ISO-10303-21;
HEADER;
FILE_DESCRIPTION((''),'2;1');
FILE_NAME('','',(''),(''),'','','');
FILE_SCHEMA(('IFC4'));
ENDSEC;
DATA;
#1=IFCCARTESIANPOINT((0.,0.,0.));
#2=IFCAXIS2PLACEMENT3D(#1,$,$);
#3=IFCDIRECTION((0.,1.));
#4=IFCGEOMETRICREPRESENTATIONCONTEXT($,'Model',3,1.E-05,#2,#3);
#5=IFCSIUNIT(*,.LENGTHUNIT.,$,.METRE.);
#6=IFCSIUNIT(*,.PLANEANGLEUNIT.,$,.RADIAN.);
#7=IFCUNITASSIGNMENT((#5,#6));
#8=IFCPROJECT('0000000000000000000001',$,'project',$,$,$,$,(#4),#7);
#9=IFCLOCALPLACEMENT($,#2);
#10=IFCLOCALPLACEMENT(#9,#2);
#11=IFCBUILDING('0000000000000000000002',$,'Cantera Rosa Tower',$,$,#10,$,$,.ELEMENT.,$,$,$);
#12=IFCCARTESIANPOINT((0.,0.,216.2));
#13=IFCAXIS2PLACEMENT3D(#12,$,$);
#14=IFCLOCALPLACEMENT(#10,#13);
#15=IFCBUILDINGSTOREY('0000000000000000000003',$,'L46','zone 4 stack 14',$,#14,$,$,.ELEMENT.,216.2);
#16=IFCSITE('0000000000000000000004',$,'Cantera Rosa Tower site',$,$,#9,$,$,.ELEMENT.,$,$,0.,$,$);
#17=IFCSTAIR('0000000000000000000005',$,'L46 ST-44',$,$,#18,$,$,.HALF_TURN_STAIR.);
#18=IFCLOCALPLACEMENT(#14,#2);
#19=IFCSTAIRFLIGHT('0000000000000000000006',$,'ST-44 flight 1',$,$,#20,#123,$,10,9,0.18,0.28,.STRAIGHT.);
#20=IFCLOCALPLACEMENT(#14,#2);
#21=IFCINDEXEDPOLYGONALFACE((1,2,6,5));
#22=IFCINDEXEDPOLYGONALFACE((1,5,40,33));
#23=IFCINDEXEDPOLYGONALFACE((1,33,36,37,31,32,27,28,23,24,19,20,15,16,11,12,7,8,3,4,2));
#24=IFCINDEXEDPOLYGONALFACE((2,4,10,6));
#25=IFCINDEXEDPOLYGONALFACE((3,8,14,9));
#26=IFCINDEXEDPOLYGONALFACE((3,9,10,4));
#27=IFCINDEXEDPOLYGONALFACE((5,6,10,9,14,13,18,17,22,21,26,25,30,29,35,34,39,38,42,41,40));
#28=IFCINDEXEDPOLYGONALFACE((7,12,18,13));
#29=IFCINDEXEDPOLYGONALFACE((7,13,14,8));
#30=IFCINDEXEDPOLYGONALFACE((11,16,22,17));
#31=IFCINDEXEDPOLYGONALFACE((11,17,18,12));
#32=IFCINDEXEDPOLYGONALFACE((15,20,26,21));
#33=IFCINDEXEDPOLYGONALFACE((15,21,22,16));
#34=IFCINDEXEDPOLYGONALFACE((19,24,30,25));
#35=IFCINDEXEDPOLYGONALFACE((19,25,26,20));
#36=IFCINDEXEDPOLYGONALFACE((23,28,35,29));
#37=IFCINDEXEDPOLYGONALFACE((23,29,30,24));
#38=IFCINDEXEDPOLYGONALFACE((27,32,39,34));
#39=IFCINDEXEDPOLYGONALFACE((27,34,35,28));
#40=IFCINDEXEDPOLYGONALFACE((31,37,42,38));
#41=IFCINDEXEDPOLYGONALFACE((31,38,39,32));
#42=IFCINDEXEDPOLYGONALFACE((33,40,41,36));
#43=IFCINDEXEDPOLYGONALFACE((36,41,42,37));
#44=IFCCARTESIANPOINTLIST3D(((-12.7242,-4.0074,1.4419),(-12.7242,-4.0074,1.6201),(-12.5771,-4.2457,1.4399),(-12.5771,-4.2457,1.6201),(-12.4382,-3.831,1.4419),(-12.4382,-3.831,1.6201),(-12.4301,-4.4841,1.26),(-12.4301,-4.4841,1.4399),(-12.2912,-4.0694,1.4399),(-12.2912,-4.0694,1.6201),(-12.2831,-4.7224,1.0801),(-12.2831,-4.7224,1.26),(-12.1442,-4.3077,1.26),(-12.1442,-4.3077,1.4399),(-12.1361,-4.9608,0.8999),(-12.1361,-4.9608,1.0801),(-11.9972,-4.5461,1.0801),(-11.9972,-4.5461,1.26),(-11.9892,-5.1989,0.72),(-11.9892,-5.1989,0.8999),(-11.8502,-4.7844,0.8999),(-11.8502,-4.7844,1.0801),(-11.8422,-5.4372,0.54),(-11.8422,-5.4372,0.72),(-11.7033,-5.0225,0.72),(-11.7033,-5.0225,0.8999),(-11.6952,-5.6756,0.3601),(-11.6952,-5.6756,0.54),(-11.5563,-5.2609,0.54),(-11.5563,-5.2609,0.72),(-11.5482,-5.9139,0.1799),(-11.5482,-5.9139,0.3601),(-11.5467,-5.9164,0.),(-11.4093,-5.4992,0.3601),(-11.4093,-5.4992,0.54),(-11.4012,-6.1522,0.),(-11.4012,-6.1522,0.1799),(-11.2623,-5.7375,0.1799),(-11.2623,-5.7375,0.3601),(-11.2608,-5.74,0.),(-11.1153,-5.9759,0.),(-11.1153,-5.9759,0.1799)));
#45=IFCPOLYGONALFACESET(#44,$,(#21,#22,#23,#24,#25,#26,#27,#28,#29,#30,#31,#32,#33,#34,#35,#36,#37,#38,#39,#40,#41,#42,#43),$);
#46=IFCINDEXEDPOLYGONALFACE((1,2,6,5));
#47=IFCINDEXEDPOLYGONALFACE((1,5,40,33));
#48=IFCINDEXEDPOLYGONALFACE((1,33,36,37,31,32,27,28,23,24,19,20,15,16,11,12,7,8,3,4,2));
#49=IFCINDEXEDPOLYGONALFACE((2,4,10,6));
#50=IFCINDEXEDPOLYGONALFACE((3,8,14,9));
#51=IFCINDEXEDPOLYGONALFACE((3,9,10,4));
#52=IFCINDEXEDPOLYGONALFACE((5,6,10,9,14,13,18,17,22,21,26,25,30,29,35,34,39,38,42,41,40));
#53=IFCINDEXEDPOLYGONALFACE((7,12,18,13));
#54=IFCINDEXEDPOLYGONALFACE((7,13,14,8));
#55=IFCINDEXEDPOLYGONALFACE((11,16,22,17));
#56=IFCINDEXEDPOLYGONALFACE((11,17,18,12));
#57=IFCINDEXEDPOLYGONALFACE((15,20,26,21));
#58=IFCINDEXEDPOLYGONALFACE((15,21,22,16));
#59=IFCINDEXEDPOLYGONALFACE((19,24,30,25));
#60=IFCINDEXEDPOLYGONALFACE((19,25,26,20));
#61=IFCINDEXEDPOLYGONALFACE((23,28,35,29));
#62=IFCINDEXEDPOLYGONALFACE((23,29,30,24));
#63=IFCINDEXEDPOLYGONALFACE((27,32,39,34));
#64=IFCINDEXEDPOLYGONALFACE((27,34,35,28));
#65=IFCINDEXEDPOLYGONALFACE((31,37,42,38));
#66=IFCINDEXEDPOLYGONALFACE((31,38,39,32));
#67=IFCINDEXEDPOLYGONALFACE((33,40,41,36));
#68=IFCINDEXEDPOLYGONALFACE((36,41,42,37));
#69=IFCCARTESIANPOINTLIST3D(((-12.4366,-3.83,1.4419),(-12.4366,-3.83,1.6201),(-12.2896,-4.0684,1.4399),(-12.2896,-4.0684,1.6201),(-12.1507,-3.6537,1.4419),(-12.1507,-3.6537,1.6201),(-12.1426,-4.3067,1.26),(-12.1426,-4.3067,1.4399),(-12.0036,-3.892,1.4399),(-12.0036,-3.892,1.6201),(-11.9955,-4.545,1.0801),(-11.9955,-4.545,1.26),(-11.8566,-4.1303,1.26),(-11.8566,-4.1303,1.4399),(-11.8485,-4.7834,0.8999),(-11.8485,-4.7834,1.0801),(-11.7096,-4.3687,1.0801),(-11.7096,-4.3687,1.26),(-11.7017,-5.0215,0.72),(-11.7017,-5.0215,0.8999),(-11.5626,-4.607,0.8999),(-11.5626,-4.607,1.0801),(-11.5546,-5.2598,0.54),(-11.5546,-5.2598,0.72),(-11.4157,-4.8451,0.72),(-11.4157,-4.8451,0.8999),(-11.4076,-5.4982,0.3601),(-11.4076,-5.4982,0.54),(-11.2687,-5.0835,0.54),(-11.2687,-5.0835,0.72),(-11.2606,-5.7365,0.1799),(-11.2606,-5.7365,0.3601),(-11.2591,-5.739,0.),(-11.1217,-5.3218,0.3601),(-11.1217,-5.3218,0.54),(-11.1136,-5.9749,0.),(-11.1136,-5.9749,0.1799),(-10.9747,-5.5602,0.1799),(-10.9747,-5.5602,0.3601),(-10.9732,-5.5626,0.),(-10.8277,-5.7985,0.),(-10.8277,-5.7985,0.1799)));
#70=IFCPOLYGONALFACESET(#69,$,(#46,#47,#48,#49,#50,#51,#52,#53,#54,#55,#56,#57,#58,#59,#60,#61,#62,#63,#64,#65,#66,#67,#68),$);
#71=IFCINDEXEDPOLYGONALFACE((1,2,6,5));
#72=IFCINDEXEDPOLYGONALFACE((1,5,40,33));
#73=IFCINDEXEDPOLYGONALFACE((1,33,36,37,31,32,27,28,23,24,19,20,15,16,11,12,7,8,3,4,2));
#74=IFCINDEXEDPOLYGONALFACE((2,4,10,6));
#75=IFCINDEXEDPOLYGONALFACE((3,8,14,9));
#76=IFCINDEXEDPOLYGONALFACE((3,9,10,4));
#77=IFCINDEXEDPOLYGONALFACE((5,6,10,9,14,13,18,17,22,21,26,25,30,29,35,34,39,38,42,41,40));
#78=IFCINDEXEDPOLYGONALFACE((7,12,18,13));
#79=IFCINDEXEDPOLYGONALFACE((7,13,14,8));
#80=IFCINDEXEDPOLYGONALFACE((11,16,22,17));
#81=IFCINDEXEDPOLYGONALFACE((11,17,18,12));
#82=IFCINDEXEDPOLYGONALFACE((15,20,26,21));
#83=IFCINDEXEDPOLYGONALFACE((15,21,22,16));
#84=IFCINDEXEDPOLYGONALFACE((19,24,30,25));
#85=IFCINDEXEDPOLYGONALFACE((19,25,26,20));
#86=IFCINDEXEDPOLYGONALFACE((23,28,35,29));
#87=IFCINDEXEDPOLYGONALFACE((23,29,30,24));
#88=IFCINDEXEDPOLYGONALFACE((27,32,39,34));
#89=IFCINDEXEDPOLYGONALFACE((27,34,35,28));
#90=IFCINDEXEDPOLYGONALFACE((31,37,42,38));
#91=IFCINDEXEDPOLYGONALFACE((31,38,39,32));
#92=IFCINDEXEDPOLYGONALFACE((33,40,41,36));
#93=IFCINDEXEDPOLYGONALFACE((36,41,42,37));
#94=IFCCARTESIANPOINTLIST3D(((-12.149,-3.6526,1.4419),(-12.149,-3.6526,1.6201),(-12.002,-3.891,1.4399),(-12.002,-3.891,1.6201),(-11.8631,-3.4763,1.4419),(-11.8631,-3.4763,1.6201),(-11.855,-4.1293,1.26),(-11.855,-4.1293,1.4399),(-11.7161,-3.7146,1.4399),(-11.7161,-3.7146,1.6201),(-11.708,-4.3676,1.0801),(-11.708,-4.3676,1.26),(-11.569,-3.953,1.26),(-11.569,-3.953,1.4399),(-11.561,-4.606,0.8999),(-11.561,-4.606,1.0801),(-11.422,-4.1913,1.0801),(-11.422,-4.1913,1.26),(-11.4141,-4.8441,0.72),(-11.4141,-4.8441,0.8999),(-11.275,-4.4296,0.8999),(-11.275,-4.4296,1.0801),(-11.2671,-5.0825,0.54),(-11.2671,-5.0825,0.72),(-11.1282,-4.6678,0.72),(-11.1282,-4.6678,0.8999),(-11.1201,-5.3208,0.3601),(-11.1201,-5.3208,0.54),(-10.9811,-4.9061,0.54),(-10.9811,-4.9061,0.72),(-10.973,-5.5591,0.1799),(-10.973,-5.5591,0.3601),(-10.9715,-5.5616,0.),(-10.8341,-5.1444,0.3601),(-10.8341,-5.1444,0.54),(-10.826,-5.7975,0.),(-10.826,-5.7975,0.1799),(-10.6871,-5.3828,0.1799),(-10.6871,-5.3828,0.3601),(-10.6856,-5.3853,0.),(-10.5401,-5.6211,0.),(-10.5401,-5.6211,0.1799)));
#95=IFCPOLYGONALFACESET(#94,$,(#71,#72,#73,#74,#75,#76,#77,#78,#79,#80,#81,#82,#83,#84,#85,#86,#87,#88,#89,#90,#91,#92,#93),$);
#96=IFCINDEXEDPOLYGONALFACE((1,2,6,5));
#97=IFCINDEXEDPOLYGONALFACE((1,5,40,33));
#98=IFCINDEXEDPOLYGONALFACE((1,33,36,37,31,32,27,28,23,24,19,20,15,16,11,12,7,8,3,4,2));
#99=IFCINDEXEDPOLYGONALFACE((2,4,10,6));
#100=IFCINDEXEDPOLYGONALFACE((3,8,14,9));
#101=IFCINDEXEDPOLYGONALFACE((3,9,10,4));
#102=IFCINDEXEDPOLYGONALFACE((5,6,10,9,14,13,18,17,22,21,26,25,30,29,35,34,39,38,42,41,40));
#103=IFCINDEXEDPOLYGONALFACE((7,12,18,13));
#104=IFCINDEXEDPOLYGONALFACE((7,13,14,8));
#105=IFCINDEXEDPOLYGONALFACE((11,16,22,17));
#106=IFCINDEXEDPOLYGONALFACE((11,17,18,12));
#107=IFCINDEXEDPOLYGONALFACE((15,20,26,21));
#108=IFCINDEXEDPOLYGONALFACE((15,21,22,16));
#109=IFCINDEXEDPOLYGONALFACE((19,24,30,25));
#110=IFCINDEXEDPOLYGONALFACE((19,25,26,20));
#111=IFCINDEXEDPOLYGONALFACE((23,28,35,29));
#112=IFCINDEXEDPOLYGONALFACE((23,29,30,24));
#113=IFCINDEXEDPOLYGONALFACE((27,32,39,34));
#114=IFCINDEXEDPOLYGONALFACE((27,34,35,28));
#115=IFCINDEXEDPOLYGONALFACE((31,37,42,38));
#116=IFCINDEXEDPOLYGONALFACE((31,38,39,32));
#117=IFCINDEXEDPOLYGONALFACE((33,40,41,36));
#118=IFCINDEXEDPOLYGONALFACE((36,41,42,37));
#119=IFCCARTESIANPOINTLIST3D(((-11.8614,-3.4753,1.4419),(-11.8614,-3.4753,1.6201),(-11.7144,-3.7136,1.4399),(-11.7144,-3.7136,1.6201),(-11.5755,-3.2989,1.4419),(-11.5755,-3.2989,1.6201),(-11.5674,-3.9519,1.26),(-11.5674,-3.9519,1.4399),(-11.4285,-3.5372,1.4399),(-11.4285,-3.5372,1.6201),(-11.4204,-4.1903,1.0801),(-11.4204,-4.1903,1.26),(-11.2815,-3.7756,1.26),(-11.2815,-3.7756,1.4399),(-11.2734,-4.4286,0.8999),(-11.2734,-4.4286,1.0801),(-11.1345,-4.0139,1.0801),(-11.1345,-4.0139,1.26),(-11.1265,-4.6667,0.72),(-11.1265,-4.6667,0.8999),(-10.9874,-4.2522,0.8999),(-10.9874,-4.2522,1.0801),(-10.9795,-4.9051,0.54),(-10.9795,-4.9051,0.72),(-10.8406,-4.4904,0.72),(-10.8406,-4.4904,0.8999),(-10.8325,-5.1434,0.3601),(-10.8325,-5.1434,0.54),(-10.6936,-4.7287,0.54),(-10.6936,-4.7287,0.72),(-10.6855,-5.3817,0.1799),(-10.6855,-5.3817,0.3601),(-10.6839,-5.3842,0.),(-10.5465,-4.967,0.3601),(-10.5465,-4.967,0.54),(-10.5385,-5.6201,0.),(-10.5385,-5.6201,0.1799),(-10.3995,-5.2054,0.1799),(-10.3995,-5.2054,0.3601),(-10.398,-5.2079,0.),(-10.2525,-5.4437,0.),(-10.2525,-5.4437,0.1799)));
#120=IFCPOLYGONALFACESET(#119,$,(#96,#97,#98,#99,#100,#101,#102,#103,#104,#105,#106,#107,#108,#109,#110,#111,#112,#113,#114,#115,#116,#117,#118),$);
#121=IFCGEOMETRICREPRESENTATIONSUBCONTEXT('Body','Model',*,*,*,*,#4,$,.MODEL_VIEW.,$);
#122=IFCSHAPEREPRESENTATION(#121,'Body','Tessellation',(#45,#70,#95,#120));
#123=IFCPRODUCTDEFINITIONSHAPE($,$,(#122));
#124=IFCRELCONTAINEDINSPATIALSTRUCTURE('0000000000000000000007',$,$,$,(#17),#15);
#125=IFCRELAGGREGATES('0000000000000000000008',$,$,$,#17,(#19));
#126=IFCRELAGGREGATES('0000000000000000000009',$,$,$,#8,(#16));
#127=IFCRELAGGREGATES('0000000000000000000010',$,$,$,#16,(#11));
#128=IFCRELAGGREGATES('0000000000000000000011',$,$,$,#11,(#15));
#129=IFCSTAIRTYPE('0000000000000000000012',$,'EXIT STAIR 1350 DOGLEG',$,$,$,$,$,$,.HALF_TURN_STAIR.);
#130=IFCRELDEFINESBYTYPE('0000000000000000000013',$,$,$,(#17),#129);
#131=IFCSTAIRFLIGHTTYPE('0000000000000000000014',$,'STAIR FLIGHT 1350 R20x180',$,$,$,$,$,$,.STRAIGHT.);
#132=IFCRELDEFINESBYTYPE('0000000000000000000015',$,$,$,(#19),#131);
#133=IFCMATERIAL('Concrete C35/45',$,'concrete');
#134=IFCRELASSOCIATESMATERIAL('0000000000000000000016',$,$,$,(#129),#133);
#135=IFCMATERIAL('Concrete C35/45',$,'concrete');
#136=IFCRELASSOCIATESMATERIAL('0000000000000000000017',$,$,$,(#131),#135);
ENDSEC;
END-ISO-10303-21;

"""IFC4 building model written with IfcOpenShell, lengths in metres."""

from ifc_helpers import new_model, si_unit, direction, frame, origin, place, context, subcontext, project, spatial, polyline, outline, extrude, material, type_object, element, aggregate, save


model = new_model("IFC4")

# Units and contexts
model_context = context("Model", 3, precision=1e-05, world=origin(), true_north=direction((0.0, 1.0)))
body_context = subcontext(model_context, "Body", "Model", "MODEL_VIEW")
ifc_project = project(units=[si_unit("LENGTHUNIT", "METRE"), si_unit("PLANEANGLEUNIT", "RADIAN")], contexts=[model_context])

# Site, building, storey
site_placement = place(None, origin())
site = spatial("IfcSite", under=ifc_project, at=site_placement, Name="Cantera Rosa Tower site", CompositionType="ELEMENT", RefElevation=0.0)
building_placement = place(site_placement, origin())
building = spatial("IfcBuilding", under=site, at=building_placement, Name="Cantera Rosa Tower", CompositionType="ELEMENT")
storey_placement = place(building_placement, frame((0.0, 0.0, 216.2)))
storey = spatial("IfcBuildingStorey", under=building, at=storey_placement, Name="L46", Description="zone 4 stack 14", CompositionType="ELEMENT", Elevation=216.2)

# Stair, stair flight
ifc_material_1 = material(Name="Concrete C35/45", Category="concrete")
stair_type = type_object("IfcStairType", Name="EXIT STAIR 1350 DOGLEG", PredefinedType="HALF_TURN_STAIR", material=ifc_material_1)
stair_placement = place(storey_placement, origin())
stair = element("IfcStair", 1, at=stair_placement, inside=storey, type_object=stair_type, Name="L46 ST-44", PredefinedType="HALF_TURN_STAIR")
ifc_material_2 = material(Name="Concrete C35/45", Category="concrete")
stair_flight_type = type_object("IfcStairFlightType", Name="STAIR FLIGHT 1350 R20x180", PredefinedType="STRAIGHT", material=ifc_material_2)
stair_flight_1_placement = place(storey_placement, frame((-10.8267, -5.7979, 0.0), z_axis=(0.0, 0.0, 1.0), x_axis=(-0.524977, 0.851117, 0.0)))
stair_flight_1 = element("IfcStairFlight", 2, at=stair_flight_1_placement, type_object=stair_flight_type, Name="ST-44 flight 1", NumberOfRisers=10, NumberOfTreads=9, PredefinedType="STRAIGHT", RiserHeight=0.18, TreadLength=0.28, context=body_context, shape_type="SweptSolid", body=[
    extrude(outline(polyline([(0.0, 0.0), (0.0, 0.1799), (0.28, 0.1799), (0.28, 0.3601), (0.5601, 0.3601), (0.5601, 0.54), (0.8401, 0.54), (0.8401, 0.72), (1.1201, 0.72), (1.1201, 0.8999), (1.3999, 0.8999), (1.3999, 1.0801), (1.6799, 1.0801), (1.6799, 1.26), (1.96, 1.26), (1.96, 1.4399), (2.24, 1.4399), (2.24, 1.6201), (2.52, 1.6201), (2.52, 1.8), (2.52, 1.4419), (0.2771, 0.0), (0.0, 0.0)])), frame((0.0, 0.675, 0.0), z_axis=(0.0, -1.0, 0.0), x_axis=(1.0, 0.0, 0.0)), (0.0, 0.0, 1.0), 0.3359),
    extrude(outline(polyline([(0.0, 0.0), (0.0, 0.1799), (0.28, 0.1799), (0.28, 0.3601), (0.5601, 0.3601), (0.5601, 0.54), (0.8401, 0.54), (0.8401, 0.72), (1.1201, 0.72), (1.1201, 0.8999), (1.3999, 0.8999), (1.3999, 1.0801), (1.6799, 1.0801), (1.6799, 1.26), (1.96, 1.26), (1.96, 1.4399), (2.24, 1.4399), (2.24, 1.6201), (2.52, 1.6201), (2.52, 1.8), (2.52, 1.4419), (0.2771, 0.0), (0.0, 0.0)])), frame((0.0, 0.3372, 0.0), z_axis=(0.0, -1.0, 0.0), x_axis=(1.0, 0.0, 0.0)), (0.0, 0.0, 1.0), 0.3359),
    extrude(outline(polyline([(0.0, 0.0), (0.0, 0.1799), (0.28, 0.1799), (0.28, 0.3601), (0.5601, 0.3601), (0.5601, 0.54), (0.8401, 0.54), (0.8401, 0.72), (1.1201, 0.72), (1.1201, 0.8999), (1.3999, 0.8999), (1.3999, 1.0801), (1.6799, 1.0801), (1.6799, 1.26), (1.96, 1.26), (1.96, 1.4399), (2.24, 1.4399), (2.24, 1.6201), (2.52, 1.6201), (2.52, 1.8), (2.52, 1.4419), (0.2771, 0.0), (0.0, 0.0)])), frame((0.0, -0.0007, 0.0), z_axis=(0.0, -1.0, 0.0), x_axis=(1.0, 0.0, 0.0)), (0.0, 0.0, 1.0), 0.3359),
    extrude(outline(polyline([(0.0, 0.0), (0.0, 0.1799), (0.28, 0.1799), (0.28, 0.3601), (0.5601, 0.3601), (0.5601, 0.54), (0.8401, 0.54), (0.8401, 0.72), (1.1201, 0.72), (1.1201, 0.8999), (1.3999, 0.8999), (1.3999, 1.0801), (1.6799, 1.0801), (1.6799, 1.26), (1.96, 1.26), (1.96, 1.4399), (2.24, 1.4399), (2.24, 1.6201), (2.52, 1.6201), (2.52, 1.8), (2.52, 1.4419), (0.2771, 0.0), (0.0, 0.0)])), frame((0.0, -0.3386, 0.0), z_axis=(0.0, -1.0, 0.0), x_axis=(1.0, 0.0, 0.0)), (0.0, 0.0, 1.0), 0.3359),
])
aggregate(stair, [stair_flight_1])

save(model, "model.ifc")
